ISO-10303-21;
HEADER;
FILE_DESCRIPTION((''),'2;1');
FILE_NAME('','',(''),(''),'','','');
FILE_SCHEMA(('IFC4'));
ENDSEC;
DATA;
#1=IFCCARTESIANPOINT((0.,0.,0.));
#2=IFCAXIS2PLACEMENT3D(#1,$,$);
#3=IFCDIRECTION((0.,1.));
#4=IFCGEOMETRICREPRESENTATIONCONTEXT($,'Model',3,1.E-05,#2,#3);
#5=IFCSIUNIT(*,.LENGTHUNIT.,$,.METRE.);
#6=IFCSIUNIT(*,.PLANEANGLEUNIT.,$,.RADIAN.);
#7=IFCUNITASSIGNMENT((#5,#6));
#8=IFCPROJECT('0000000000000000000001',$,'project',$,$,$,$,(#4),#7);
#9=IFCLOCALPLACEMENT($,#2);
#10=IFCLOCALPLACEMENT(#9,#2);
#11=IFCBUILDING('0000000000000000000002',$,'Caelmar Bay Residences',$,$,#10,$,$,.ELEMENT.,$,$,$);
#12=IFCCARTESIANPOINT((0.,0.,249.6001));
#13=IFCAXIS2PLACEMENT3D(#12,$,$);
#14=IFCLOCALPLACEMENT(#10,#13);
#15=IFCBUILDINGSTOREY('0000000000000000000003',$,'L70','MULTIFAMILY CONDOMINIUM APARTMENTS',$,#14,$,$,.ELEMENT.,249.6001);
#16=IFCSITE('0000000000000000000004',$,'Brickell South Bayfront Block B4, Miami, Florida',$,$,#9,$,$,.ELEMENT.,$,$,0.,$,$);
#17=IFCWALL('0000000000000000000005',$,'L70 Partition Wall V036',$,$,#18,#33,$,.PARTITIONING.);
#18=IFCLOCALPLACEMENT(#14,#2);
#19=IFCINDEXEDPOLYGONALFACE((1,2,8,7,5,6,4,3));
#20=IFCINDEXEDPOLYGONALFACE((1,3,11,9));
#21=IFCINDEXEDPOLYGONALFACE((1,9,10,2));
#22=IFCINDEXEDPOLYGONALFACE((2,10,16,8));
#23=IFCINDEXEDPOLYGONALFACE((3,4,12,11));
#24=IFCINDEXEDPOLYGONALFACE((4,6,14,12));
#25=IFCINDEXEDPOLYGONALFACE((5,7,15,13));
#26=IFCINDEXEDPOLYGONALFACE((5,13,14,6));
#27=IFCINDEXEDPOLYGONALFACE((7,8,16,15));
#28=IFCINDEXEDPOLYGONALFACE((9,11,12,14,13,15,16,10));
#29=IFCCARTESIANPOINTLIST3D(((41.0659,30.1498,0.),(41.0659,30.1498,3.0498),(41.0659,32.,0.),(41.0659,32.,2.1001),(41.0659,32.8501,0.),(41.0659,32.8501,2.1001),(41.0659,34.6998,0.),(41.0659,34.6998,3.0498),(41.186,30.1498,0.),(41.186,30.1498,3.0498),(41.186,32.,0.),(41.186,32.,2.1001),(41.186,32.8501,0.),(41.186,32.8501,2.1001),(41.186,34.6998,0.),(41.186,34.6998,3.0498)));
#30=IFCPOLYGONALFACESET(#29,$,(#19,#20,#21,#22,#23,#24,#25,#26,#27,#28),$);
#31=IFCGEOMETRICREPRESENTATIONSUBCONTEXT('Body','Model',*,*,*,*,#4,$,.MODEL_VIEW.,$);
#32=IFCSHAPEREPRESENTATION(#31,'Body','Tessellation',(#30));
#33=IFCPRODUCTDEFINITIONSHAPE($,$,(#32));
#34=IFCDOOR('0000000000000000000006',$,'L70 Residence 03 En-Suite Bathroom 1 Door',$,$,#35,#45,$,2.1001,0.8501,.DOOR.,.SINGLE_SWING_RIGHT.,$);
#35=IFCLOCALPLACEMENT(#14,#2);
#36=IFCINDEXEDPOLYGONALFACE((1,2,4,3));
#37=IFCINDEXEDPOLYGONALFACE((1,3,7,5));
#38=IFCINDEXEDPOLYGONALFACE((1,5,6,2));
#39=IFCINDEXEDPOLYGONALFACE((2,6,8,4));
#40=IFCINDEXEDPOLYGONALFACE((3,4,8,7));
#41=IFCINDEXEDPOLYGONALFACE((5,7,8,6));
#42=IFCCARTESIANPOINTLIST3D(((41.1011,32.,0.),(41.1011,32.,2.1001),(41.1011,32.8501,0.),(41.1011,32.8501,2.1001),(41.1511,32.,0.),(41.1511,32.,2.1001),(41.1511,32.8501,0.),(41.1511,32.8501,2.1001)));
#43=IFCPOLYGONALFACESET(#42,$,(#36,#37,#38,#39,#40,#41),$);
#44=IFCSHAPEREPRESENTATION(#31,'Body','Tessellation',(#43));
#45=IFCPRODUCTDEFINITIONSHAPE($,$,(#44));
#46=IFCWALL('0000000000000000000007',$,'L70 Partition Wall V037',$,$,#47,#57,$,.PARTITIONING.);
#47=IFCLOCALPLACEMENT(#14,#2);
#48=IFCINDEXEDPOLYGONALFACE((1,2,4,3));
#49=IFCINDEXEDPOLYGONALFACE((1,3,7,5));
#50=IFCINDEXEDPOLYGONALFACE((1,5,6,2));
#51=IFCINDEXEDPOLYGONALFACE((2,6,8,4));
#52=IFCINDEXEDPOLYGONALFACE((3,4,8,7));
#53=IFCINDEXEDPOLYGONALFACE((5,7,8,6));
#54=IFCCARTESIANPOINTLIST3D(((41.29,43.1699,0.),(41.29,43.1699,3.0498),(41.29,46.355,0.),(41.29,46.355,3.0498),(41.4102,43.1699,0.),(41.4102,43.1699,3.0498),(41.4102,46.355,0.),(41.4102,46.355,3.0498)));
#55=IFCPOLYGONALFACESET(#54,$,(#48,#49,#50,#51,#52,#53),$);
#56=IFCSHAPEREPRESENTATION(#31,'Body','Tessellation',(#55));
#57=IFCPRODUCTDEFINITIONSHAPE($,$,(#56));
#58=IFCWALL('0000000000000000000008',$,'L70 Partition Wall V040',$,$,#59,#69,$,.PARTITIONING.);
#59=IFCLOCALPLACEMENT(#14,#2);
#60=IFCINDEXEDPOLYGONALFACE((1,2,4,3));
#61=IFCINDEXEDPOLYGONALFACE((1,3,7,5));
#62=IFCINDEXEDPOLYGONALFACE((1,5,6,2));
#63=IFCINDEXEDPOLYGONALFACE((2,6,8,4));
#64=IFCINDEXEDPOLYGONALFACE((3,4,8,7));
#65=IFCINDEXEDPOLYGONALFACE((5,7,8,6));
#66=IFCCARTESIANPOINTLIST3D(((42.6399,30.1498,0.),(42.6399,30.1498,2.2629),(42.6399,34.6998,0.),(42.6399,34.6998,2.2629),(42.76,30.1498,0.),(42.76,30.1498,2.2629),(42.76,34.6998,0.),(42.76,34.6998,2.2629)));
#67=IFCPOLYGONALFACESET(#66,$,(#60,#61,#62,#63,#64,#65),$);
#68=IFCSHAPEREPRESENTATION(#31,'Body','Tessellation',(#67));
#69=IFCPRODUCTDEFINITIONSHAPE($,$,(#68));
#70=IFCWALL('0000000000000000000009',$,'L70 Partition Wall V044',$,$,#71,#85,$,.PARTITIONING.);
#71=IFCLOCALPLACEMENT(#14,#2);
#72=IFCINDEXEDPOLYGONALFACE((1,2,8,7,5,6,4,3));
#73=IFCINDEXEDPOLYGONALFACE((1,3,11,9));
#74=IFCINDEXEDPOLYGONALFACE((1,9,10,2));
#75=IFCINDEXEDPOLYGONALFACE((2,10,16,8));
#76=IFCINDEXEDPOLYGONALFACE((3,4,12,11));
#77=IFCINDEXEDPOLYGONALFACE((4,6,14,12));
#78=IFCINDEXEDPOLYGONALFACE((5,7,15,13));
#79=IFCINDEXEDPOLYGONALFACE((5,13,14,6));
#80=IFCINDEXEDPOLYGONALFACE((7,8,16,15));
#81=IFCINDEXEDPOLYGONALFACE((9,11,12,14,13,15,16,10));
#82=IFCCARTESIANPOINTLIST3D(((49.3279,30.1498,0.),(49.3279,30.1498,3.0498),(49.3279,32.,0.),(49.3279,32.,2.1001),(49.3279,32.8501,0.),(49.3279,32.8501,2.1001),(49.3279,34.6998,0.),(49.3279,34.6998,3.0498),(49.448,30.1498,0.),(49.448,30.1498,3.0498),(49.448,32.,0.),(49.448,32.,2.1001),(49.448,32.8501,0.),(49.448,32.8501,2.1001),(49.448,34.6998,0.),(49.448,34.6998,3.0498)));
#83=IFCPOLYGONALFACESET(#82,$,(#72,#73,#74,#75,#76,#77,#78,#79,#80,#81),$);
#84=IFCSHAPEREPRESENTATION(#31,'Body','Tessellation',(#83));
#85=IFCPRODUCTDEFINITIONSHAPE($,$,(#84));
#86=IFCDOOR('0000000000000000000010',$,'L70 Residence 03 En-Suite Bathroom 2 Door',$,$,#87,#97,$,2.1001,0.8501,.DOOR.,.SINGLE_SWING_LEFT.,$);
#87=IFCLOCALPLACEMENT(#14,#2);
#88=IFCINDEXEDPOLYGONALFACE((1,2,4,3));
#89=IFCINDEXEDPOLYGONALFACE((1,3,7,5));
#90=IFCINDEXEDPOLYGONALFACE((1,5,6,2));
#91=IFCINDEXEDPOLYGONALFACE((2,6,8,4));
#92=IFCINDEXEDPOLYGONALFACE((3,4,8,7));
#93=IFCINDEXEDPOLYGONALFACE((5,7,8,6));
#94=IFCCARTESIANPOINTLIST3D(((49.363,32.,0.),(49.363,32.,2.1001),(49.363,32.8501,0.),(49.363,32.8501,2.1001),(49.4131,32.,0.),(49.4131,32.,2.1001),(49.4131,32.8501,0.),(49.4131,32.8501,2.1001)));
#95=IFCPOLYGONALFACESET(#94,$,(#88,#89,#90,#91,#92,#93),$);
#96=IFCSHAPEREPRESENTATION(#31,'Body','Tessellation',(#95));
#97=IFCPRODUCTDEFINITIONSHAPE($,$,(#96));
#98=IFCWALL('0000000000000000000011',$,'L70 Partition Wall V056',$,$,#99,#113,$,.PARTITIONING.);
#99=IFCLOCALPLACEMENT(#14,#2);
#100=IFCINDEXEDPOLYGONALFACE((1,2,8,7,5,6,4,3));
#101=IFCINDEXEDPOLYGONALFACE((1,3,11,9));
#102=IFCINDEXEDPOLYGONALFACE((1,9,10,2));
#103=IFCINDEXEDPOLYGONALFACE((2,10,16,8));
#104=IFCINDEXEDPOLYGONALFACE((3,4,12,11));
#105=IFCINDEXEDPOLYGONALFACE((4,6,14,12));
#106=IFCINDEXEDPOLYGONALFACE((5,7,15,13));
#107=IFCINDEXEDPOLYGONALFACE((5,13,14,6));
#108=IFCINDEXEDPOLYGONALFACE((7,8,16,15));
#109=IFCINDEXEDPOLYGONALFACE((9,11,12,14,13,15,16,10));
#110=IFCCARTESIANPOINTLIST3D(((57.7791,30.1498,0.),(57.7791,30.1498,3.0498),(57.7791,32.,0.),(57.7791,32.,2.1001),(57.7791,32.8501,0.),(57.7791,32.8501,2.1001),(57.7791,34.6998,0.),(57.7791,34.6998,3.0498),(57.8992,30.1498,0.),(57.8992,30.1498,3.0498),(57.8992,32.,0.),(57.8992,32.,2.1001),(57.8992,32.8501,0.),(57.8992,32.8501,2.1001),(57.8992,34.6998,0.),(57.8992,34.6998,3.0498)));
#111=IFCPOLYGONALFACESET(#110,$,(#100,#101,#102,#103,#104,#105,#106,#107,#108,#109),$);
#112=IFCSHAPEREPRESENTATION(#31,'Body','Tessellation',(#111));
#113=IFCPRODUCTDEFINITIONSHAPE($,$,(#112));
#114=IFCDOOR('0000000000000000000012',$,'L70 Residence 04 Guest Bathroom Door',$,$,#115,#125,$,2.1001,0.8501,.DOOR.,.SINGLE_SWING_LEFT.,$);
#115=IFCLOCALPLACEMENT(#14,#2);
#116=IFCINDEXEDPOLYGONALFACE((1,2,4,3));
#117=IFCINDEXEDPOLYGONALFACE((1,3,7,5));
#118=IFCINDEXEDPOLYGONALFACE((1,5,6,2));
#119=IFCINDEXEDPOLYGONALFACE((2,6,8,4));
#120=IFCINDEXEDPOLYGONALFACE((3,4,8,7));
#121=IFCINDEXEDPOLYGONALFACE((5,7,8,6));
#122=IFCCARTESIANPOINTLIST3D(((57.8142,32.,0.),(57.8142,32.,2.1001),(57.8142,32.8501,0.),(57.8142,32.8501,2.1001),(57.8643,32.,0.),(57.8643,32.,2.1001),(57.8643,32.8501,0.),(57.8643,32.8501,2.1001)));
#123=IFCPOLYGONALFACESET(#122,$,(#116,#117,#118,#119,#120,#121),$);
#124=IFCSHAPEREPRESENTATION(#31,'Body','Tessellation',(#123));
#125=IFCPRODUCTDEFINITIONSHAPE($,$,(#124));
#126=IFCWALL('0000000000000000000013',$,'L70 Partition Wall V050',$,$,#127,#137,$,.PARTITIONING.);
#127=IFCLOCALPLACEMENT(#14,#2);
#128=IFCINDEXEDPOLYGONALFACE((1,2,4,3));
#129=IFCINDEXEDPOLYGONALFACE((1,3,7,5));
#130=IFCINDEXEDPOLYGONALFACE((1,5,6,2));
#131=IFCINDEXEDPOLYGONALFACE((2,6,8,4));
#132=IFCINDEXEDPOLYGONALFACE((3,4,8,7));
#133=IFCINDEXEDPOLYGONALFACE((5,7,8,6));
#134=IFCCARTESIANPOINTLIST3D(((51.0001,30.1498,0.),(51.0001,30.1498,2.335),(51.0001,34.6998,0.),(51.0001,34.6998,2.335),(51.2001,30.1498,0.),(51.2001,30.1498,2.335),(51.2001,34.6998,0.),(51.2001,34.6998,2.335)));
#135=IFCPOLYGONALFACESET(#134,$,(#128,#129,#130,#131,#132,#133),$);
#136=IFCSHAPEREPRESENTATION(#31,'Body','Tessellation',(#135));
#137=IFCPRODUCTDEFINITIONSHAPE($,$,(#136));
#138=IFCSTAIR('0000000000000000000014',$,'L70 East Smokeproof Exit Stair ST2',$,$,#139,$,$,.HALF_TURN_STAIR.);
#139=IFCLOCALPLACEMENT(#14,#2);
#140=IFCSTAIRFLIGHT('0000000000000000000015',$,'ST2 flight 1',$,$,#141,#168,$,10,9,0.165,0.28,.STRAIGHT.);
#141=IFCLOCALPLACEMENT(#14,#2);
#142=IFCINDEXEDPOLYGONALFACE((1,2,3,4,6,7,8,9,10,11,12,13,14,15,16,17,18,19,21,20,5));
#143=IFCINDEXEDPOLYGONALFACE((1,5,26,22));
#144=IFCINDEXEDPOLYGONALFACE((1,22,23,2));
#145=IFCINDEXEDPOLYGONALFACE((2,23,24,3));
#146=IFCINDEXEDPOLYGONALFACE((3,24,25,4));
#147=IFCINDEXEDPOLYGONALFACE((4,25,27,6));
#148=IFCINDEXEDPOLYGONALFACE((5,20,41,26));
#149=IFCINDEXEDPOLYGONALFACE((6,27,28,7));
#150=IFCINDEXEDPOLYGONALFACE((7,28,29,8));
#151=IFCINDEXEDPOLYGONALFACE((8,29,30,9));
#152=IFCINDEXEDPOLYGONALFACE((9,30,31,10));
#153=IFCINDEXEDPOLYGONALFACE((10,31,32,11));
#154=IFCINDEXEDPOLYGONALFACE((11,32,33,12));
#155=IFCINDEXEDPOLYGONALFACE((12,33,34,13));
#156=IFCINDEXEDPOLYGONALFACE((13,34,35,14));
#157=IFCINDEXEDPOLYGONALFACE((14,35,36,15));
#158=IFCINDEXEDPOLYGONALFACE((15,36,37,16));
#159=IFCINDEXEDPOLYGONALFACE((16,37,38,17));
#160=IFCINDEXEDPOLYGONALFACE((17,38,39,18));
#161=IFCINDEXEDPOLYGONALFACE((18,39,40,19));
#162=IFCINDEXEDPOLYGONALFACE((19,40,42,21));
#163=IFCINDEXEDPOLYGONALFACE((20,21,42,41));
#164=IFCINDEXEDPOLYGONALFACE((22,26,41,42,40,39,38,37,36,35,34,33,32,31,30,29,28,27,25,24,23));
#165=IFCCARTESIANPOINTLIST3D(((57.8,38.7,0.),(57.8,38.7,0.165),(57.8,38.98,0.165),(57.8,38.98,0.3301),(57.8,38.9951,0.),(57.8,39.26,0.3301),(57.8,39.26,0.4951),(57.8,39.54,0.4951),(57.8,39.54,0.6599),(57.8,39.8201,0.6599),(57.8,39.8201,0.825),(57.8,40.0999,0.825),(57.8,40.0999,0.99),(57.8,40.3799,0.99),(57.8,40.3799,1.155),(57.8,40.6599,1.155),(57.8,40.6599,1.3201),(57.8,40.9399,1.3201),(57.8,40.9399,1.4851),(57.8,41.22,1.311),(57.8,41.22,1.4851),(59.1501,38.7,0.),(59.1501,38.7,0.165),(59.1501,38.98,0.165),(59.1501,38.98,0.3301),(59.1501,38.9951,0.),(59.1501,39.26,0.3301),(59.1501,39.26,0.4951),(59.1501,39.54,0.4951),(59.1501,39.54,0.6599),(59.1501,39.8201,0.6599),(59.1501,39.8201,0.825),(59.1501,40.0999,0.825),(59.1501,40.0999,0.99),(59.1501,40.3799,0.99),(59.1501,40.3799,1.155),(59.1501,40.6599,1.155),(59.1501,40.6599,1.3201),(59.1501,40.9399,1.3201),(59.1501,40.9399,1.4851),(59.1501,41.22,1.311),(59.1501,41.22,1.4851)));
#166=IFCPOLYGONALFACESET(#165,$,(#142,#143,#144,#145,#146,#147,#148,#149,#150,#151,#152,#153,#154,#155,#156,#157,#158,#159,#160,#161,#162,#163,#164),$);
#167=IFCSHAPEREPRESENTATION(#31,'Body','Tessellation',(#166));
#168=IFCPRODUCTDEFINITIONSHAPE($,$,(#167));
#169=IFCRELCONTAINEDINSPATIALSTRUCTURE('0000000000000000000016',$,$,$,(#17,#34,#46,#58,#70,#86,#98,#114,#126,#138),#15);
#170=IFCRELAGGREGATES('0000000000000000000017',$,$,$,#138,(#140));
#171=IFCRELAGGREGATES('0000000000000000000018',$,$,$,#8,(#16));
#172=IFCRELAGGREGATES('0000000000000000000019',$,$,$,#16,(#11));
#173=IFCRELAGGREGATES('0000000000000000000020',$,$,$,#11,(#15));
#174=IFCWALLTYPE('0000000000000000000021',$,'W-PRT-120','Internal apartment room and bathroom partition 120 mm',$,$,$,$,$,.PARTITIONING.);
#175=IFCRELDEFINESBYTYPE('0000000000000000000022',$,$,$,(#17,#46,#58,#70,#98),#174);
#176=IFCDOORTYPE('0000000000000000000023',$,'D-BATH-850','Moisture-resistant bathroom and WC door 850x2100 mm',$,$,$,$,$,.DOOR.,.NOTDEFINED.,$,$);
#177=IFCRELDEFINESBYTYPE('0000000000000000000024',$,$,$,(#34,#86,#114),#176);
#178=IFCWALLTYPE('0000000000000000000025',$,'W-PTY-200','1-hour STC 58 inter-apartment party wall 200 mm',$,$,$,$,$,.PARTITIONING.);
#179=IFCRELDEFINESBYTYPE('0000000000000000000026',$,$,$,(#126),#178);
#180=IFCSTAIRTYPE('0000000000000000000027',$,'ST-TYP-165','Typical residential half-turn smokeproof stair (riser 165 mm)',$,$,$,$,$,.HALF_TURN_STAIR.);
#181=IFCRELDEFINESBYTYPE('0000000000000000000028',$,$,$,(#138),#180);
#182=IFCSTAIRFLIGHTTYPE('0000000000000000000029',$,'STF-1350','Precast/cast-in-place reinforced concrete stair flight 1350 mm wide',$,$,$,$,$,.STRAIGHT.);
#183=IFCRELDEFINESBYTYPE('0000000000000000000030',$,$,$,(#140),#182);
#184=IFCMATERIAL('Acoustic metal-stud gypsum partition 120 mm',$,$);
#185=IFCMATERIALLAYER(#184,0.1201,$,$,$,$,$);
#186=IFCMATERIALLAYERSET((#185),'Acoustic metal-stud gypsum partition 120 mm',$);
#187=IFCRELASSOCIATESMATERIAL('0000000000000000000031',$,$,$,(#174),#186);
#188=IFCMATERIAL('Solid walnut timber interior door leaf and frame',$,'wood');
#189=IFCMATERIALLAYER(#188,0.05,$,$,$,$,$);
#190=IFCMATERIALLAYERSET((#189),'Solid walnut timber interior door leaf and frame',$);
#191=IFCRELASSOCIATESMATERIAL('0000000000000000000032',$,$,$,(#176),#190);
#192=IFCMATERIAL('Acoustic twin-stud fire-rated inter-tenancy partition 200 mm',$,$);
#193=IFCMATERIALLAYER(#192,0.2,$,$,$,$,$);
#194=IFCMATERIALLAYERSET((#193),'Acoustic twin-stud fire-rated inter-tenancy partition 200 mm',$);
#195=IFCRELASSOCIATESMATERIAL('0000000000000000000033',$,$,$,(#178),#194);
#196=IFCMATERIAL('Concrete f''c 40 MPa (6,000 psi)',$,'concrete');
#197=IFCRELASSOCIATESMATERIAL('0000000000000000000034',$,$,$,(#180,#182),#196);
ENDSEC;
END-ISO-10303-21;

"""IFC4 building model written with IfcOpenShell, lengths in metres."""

from ifc_helpers import new_model, si_unit, direction, frame, frame_2d, origin, place, context, subcontext, project, spatial, polyline, rectangle, outline, extrude, material, layer, layer_set, type_object, element, fill, aggregate, save


model = new_model("IFC4")

# Units and contexts
model_context = context("Model", 3, precision=1e-05, world=origin(), true_north=direction((0.0, 1.0)))
body_context = subcontext(model_context, "Body", "Model", "MODEL_VIEW")
ifc_project = project(units=[si_unit("LENGTHUNIT", "METRE"), si_unit("PLANEANGLEUNIT", "RADIAN")], contexts=[model_context])

# Site, building, storey
site_placement = place(None, origin())
site = spatial("IfcSite", under=ifc_project, at=site_placement, Name="Brickell South Bayfront Block B4, Miami, Florida", CompositionType="ELEMENT", RefElevation=0.0)
building_placement = place(site_placement, origin())
building = spatial("IfcBuilding", under=site, at=building_placement, Name="Caelmar Bay Residences", CompositionType="ELEMENT")
storey_placement = place(building_placement, frame((0.0, 0.0, 249.6001)))
storey = spatial("IfcBuildingStorey", under=building, at=storey_placement, Name="L70", Description="MULTIFAMILY CONDOMINIUM APARTMENTS", CompositionType="ELEMENT", Elevation=249.6001)

# Shared definitions
ifc_material_1 = material(Name="Acoustic metal-stud gypsum partition 120 mm")
ifc_layer_1 = layer(ifc_material_1, 0.1201)
ifc_layer_set_1 = layer_set([ifc_layer_1], Name="Acoustic metal-stud gypsum partition 120 mm")
wall_type_1 = type_object("IfcWallType", Name="W-PRT-120", Description="Internal apartment room and bathroom partition 120 mm", PredefinedType="PARTITIONING", material=ifc_layer_set_1)

# Wall, opening, door
wall_1_placement = place(storey_placement, frame((41.126, 30.1499, 0.0), z_axis=(0.0, 0.0, 1.0), x_axis=(0.0, 1.0, 0.0)))
wall_1 = element("IfcWall", 1, at=wall_1_placement, inside=storey, type_object=wall_type_1, Name="L70 Partition Wall V036", PredefinedType="PARTITIONING", context=body_context, shape_type="SweptSolid", body=[
    extrude(rectangle(XDim=4.55, YDim=0.1201, at=frame_2d((2.2749, 0.0))), origin(), (0.0, 0.0, 1.0), 3.0498),
])
opening_1_placement = place(wall_1_placement, frame((1.8501, 0.0, 0.0)))
opening_1 = element("IfcOpeningElement", 2, at=opening_1_placement, cuts=wall_1, PredefinedType="OPENING", context=body_context, shape_type="SweptSolid", body=[
    extrude(rectangle(XDim=0.8501, YDim=2.1001, at=frame_2d((0.425, 1.05))), frame((0.0, 0.0701, 0.0), z_axis=(0.0, -1.0, 0.0), x_axis=(1.0, 0.0, 0.0)), (0.0, 0.0, 1.0), 0.1401),
])
ifc_material_2 = material(Name="Solid walnut timber interior door leaf and frame", Category="wood")
ifc_layer_2 = layer(ifc_material_2, 0.05)
ifc_layer_set_2 = layer_set([ifc_layer_2], Name="Solid walnut timber interior door leaf and frame")
door_type_1 = type_object("IfcDoorType", Name="D-BATH-850", Description="Moisture-resistant bathroom and WC door 850x2100 mm", OperationType="NOTDEFINED", PredefinedType="DOOR", material=ifc_layer_set_2)
door_1_placement = place(opening_1_placement, origin())
door_1 = element("IfcDoor", 3, at=door_1_placement, inside=storey, type_object=door_type_1, Name="L70 Residence 03 En-Suite Bathroom 1 Door", OperationType="SINGLE_SWING_RIGHT", OverallHeight=2.1001, OverallWidth=0.8501, PredefinedType="DOOR", context=body_context, shape_type="SweptSolid", body=[
    extrude(rectangle(XDim=0.8501, YDim=2.1001, at=frame_2d((0.425, 1.05))), frame((0.0, 0.0249, 0.0), z_axis=(0.0, -1.0, 0.0), x_axis=(1.0, 0.0, 0.0)), (0.0, 0.0, 1.0), 0.05),
])
fill(opening_1, door_1)

# Walls
wall_2_placement = place(storey_placement, frame((41.3501, 43.1699, 0.0), z_axis=(0.0, 0.0, 1.0), x_axis=(0.0, 1.0, 0.0)))
element("IfcWall", 4, at=wall_2_placement, inside=storey, type_object=wall_type_1, Name="L70 Partition Wall V037", PredefinedType="PARTITIONING", context=body_context, shape_type="SweptSolid", body=[
    extrude(rectangle(XDim=3.1851, YDim=0.1201, at=frame_2d((1.5925, 0.0))), origin(), (0.0, 0.0, 1.0), 3.0498),
])
wall_3_placement = place(storey_placement, frame((42.7, 30.1499, 0.0), z_axis=(0.0, 0.0, 1.0), x_axis=(0.0, 1.0, 0.0)))
element("IfcWall", 5, at=wall_3_placement, inside=storey, type_object=wall_type_1, Name="L70 Partition Wall V040", PredefinedType="PARTITIONING", context=body_context, shape_type="SweptSolid", body=[
    extrude(rectangle(XDim=4.55, YDim=0.1201, at=frame_2d((2.2749, 0.0))), origin(), (0.0, 0.0, 1.0), 2.2629),
])

# Walls, openings, doors
wall_4_placement = place(storey_placement, frame((49.3879, 30.1499, 0.0), z_axis=(0.0, 0.0, 1.0), x_axis=(0.0, 1.0, 0.0)))
wall_4 = element("IfcWall", 6, at=wall_4_placement, inside=storey, type_object=wall_type_1, Name="L70 Partition Wall V044", PredefinedType="PARTITIONING", context=body_context, shape_type="SweptSolid", body=[
    extrude(rectangle(XDim=4.55, YDim=0.1201, at=frame_2d((2.2749, 0.0))), origin(), (0.0, 0.0, 1.0), 3.0498),
])
opening_2_placement = place(wall_4_placement, frame((1.8501, 0.0, 0.0)))
opening_2 = element("IfcOpeningElement", 7, at=opening_2_placement, cuts=wall_4, PredefinedType="OPENING", context=body_context, shape_type="SweptSolid", body=[
    extrude(rectangle(XDim=0.8501, YDim=2.1001, at=frame_2d((0.425, 1.05))), frame((0.0, 0.0701, 0.0), z_axis=(0.0, -1.0, 0.0), x_axis=(1.0, 0.0, 0.0)), (0.0, 0.0, 1.0), 0.1401),
])
door_2_placement = place(opening_2_placement, origin())
door_2 = element("IfcDoor", 8, at=door_2_placement, inside=storey, type_object=door_type_1, Name="L70 Residence 03 En-Suite Bathroom 2 Door", OperationType="SINGLE_SWING_LEFT", OverallHeight=2.1001, OverallWidth=0.8501, PredefinedType="DOOR", context=body_context, shape_type="SweptSolid", body=[
    extrude(rectangle(XDim=0.8501, YDim=2.1001, at=frame_2d((0.425, 1.05))), frame((0.0, 0.0249, 0.0), z_axis=(0.0, -1.0, 0.0), x_axis=(1.0, 0.0, 0.0)), (0.0, 0.0, 1.0), 0.05),
])
fill(opening_2, door_2)
wall_5_placement = place(storey_placement, frame((57.8391, 30.1499, 0.0), z_axis=(0.0, 0.0, 1.0), x_axis=(0.0, 1.0, 0.0)))
wall_5 = element("IfcWall", 9, at=wall_5_placement, inside=storey, type_object=wall_type_1, Name="L70 Partition Wall V056", PredefinedType="PARTITIONING", context=body_context, shape_type="SweptSolid", body=[
    extrude(rectangle(XDim=4.55, YDim=0.1201, at=frame_2d((2.2749, 0.0))), origin(), (0.0, 0.0, 1.0), 3.0498),
])
opening_3_placement = place(wall_5_placement, frame((1.8501, 0.0, 0.0)))
opening_3 = element("IfcOpeningElement", 10, at=opening_3_placement, cuts=wall_5, PredefinedType="OPENING", context=body_context, shape_type="SweptSolid", body=[
    extrude(rectangle(XDim=0.8501, YDim=2.1001, at=frame_2d((0.425, 1.05))), frame((0.0, 0.0701, 0.0), z_axis=(0.0, -1.0, 0.0), x_axis=(1.0, 0.0, 0.0)), (0.0, 0.0, 1.0), 0.1401),
])
door_3_placement = place(opening_3_placement, origin())
door_3 = element("IfcDoor", 11, at=door_3_placement, inside=storey, type_object=door_type_1, Name="L70 Residence 04 Guest Bathroom Door", OperationType="SINGLE_SWING_LEFT", OverallHeight=2.1001, OverallWidth=0.8501, PredefinedType="DOOR", context=body_context, shape_type="SweptSolid", body=[
    extrude(rectangle(XDim=0.8501, YDim=2.1001, at=frame_2d((0.425, 1.05))), frame((0.0, 0.0249, 0.0), z_axis=(0.0, -1.0, 0.0), x_axis=(1.0, 0.0, 0.0)), (0.0, 0.0, 1.0), 0.05),
])
fill(opening_3, door_3)

# Wall
ifc_material_3 = material(Name="Acoustic twin-stud fire-rated inter-tenancy partition 200 mm")
ifc_layer_3 = layer(ifc_material_3, 0.2)
ifc_layer_set_3 = layer_set([ifc_layer_3], Name="Acoustic twin-stud fire-rated inter-tenancy partition 200 mm")
wall_type_2 = type_object("IfcWallType", Name="W-PTY-200", Description="1-hour STC 58 inter-apartment party wall 200 mm", PredefinedType="PARTITIONING", material=ifc_layer_set_3)
wall_6_placement = place(storey_placement, frame((51.1001, 30.1499, 0.0), z_axis=(0.0, 0.0, 1.0), x_axis=(0.0, 1.0, 0.0)))
element("IfcWall", 12, at=wall_6_placement, inside=storey, type_object=wall_type_2, Name="L70 Partition Wall V050", PredefinedType="PARTITIONING", context=body_context, shape_type="SweptSolid", body=[
    extrude(rectangle(XDim=4.55, YDim=0.2, at=frame_2d((2.2749, 0.0))), origin(), (0.0, 0.0, 1.0), 2.335),
])

# Stair, stair flight
ifc_material_4 = material(Name="Concrete f'c 40 MPa (6,000 psi)", Category="concrete")
stair_type = type_object("IfcStairType", Name="ST-TYP-165", Description="Typical residential half-turn smokeproof stair (riser 165 mm)", PredefinedType="HALF_TURN_STAIR", material=ifc_material_4)
stair_placement = place(storey_placement, origin())
stair = element("IfcStair", 13, at=stair_placement, inside=storey, type_object=stair_type, Name="L70 East Smokeproof Exit Stair ST2", PredefinedType="HALF_TURN_STAIR")
stair_flight_type = type_object("IfcStairFlightType", Name="STF-1350", Description="Precast/cast-in-place reinforced concrete stair flight 1350 mm wide", PredefinedType="STRAIGHT", material=ifc_material_4)
stair_flight_1_placement = place(storey_placement, frame((58.4751, 38.7, 0.0), z_axis=(0.0, 0.0, 1.0), x_axis=(0.0, 1.0, 0.0)))
stair_flight_1 = element("IfcStairFlight", 14, at=stair_flight_1_placement, type_object=stair_flight_type, Name="ST2 flight 1", NumberOfRisers=10, NumberOfTreads=9, PredefinedType="STRAIGHT", RiserHeight=0.165, TreadLength=0.28, context=body_context, shape_type="SweptSolid", body=[
    extrude(outline(polyline([(0.0, 0.0), (0.0, 0.165), (0.28, 0.165), (0.28, 0.3301), (0.5601, 0.3301), (0.5601, 0.4951), (0.8401, 0.4951), (0.8401, 0.6599), (1.1201, 0.6599), (1.1201, 0.825), (1.3999, 0.825), (1.3999, 0.99), (1.6799, 0.99), (1.6799, 1.155), (1.96, 1.155), (1.96, 1.3201), (2.24, 1.3201), (2.24, 1.4851), (2.52, 1.4851), (2.52, 1.6499), (2.52, 1.311), (0.2952, 0.0), (0.0, 0.0)])), frame((0.0, 0.675, 0.0), z_axis=(0.0, -1.0, 0.0), x_axis=(1.0, 0.0, 0.0)), (0.0, 0.0, 1.0), 1.3501),
])
aggregate(stair, [stair_flight_1])

save(model, "model.ifc")
